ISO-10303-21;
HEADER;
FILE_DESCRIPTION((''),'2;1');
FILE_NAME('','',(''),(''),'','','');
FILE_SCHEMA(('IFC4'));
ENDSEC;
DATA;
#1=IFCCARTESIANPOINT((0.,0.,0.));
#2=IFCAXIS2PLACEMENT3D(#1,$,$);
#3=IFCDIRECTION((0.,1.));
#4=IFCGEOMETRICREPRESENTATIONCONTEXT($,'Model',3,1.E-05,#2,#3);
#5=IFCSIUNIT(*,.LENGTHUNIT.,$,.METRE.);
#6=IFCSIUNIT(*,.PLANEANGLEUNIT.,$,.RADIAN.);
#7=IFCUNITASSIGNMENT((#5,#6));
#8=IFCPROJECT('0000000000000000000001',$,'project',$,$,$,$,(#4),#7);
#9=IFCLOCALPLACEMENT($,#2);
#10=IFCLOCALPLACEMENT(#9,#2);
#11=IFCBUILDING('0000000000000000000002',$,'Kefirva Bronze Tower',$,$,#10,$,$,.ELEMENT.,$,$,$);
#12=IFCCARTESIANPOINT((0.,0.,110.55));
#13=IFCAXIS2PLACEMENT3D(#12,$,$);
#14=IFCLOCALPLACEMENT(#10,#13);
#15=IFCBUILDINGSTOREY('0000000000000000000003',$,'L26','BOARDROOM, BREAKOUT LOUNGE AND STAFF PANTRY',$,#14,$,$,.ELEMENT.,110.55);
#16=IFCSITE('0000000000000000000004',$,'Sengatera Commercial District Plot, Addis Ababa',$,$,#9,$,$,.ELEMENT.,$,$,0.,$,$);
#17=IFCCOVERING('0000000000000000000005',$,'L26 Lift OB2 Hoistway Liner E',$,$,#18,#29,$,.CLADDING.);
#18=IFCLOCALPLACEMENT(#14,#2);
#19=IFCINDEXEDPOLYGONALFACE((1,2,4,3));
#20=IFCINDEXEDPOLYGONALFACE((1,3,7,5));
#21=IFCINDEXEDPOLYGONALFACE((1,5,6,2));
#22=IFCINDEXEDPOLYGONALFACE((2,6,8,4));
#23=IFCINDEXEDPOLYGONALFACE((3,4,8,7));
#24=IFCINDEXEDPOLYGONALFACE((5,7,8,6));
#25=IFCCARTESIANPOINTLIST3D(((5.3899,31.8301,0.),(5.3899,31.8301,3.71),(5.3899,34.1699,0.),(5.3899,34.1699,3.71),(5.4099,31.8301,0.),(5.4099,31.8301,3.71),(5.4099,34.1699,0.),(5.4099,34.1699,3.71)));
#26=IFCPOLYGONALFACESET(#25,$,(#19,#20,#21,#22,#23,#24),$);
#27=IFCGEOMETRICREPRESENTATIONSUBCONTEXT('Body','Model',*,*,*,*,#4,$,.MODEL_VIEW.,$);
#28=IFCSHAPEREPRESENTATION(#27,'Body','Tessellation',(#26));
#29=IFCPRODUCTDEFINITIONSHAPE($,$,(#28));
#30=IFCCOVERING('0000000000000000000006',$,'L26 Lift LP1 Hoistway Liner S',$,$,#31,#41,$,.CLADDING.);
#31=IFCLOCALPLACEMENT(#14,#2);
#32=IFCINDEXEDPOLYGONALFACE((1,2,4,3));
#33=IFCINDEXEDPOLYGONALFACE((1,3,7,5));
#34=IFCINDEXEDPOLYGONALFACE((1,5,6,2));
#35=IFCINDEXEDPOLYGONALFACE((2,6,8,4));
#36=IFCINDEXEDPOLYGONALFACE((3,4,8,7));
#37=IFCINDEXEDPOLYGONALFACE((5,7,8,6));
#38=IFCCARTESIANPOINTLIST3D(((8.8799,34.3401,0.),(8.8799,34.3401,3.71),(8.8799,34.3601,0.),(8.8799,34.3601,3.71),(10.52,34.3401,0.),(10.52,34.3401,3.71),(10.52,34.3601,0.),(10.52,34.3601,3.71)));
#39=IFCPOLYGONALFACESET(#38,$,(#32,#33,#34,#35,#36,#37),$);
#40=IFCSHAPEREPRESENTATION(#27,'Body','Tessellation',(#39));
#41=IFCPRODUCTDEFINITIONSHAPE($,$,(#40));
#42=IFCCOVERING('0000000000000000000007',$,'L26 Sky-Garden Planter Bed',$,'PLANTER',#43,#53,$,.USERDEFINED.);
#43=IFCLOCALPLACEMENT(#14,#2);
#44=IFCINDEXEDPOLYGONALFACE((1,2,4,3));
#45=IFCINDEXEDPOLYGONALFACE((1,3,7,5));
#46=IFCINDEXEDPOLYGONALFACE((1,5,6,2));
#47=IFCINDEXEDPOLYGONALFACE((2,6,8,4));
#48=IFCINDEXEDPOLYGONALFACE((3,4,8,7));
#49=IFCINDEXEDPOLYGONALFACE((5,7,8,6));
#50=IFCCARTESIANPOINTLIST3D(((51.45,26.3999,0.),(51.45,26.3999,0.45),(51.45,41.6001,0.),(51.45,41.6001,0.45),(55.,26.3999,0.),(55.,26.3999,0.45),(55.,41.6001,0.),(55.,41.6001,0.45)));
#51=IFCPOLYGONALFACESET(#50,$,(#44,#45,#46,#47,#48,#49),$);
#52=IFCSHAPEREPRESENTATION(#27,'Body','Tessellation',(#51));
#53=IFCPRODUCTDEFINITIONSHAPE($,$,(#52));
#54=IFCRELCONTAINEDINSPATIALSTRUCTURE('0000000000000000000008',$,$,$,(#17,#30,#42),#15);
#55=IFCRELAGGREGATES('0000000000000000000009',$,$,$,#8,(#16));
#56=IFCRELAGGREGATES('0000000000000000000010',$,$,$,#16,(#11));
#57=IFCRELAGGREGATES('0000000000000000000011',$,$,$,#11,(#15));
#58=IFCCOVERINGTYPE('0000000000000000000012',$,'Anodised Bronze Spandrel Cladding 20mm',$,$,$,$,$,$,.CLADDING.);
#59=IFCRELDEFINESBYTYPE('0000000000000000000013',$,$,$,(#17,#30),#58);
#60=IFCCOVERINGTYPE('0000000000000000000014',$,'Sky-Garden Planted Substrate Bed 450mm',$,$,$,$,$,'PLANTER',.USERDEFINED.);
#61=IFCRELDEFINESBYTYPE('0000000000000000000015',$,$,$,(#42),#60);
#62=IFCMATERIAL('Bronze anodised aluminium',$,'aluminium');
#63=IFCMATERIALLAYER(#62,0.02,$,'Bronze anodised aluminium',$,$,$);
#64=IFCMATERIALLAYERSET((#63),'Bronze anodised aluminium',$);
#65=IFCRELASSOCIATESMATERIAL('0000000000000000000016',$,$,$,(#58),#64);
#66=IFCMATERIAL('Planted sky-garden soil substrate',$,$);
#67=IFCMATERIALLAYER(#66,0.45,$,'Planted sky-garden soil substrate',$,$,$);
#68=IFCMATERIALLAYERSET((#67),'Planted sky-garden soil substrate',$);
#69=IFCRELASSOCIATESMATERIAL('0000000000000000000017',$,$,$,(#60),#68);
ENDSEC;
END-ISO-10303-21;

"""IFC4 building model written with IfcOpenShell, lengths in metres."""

from ifc_helpers import new_model, si_unit, direction, frame, origin, place, context, subcontext, project, spatial, polyline, outline, extrude, material, layer, layer_set, type_object, element, save


model = new_model("IFC4")

# Units and contexts
model_context = context("Model", 3, precision=1e-05, world=origin(), true_north=direction((0.0, 1.0)))
body_context = subcontext(model_context, "Body", "Model", "MODEL_VIEW")
ifc_project = project(units=[si_unit("LENGTHUNIT", "METRE"), si_unit("PLANEANGLEUNIT", "RADIAN")], contexts=[model_context])

# Site, building, storey
site_placement = place(None, origin())
site = spatial("IfcSite", under=ifc_project, at=site_placement, Name="Sengatera Commercial District Plot, Addis Ababa", CompositionType="ELEMENT", RefElevation=0.0)
building_placement = place(site_placement, origin())
building = spatial("IfcBuilding", under=site, at=building_placement, Name="Kefirva Bronze Tower", CompositionType="ELEMENT")
storey_placement = place(building_placement, frame((0.0, 0.0, 110.55)))
storey = spatial("IfcBuildingStorey", under=building, at=storey_placement, Name="L26", Description="BOARDROOM, BREAKOUT LOUNGE AND STAFF PANTRY", CompositionType="ELEMENT", Elevation=110.55)

# Coverings
ifc_material_1 = material(Name="Bronze anodised aluminium", Category="aluminium")
ifc_layer_1 = layer(ifc_material_1, 0.02, Name="Bronze anodised aluminium")
ifc_layer_set_1 = layer_set([ifc_layer_1], Name="Bronze anodised aluminium")
covering_type_1 = type_object("IfcCoveringType", Name="Anodised Bronze Spandrel Cladding 20mm", PredefinedType="CLADDING", material=ifc_layer_set_1)
covering_1_placement = place(storey_placement, origin())
element("IfcCovering", 1, at=covering_1_placement, inside=storey, type_object=covering_type_1, Name="L26 Lift OB2 Hoistway Liner E", PredefinedType="CLADDING", context=body_context, shape_type="SweptSolid", body=[
    extrude(outline(polyline([(5.3899, 31.8301), (5.4099, 31.8301), (5.4099, 34.1699), (5.3899, 34.1699), (5.3899, 31.8301)])), origin(), (0.0, 0.0, 1.0), 3.71),
])
covering_2_placement = place(storey_placement, origin())
element("IfcCovering", 2, at=covering_2_placement, inside=storey, type_object=covering_type_1, Name="L26 Lift LP1 Hoistway Liner S", PredefinedType="CLADDING", context=body_context, shape_type="SweptSolid", body=[
    extrude(outline(polyline([(8.8799, 34.3401), (10.52, 34.3401), (10.52, 34.3601), (8.8799, 34.3601), (8.8799, 34.3401)])), origin(), (0.0, 0.0, 1.0), 3.71),
])
ifc_material_2 = material(Name="Planted sky-garden soil substrate")
ifc_layer_2 = layer(ifc_material_2, 0.45, Name="Planted sky-garden soil substrate")
ifc_layer_set_2 = layer_set([ifc_layer_2], Name="Planted sky-garden soil substrate")
covering_type_2 = type_object("IfcCoveringType", Name="Sky-Garden Planted Substrate Bed 450mm", ElementType="PLANTER", PredefinedType="USERDEFINED", material=ifc_layer_set_2)
covering_3_placement = place(storey_placement, origin())
element("IfcCovering", 3, at=covering_3_placement, inside=storey, type_object=covering_type_2, Name="L26 Sky-Garden Planter Bed", ObjectType="PLANTER", PredefinedType="USERDEFINED", context=body_context, shape_type="SweptSolid", body=[
    extrude(outline(polyline([(51.45, 26.3999), (55.0, 26.3999), (55.0, 41.6001), (51.45, 41.6001), (51.45, 26.3999)])), origin(), (0.0, 0.0, 1.0), 0.45),
])

save(model, "model.ifc")
